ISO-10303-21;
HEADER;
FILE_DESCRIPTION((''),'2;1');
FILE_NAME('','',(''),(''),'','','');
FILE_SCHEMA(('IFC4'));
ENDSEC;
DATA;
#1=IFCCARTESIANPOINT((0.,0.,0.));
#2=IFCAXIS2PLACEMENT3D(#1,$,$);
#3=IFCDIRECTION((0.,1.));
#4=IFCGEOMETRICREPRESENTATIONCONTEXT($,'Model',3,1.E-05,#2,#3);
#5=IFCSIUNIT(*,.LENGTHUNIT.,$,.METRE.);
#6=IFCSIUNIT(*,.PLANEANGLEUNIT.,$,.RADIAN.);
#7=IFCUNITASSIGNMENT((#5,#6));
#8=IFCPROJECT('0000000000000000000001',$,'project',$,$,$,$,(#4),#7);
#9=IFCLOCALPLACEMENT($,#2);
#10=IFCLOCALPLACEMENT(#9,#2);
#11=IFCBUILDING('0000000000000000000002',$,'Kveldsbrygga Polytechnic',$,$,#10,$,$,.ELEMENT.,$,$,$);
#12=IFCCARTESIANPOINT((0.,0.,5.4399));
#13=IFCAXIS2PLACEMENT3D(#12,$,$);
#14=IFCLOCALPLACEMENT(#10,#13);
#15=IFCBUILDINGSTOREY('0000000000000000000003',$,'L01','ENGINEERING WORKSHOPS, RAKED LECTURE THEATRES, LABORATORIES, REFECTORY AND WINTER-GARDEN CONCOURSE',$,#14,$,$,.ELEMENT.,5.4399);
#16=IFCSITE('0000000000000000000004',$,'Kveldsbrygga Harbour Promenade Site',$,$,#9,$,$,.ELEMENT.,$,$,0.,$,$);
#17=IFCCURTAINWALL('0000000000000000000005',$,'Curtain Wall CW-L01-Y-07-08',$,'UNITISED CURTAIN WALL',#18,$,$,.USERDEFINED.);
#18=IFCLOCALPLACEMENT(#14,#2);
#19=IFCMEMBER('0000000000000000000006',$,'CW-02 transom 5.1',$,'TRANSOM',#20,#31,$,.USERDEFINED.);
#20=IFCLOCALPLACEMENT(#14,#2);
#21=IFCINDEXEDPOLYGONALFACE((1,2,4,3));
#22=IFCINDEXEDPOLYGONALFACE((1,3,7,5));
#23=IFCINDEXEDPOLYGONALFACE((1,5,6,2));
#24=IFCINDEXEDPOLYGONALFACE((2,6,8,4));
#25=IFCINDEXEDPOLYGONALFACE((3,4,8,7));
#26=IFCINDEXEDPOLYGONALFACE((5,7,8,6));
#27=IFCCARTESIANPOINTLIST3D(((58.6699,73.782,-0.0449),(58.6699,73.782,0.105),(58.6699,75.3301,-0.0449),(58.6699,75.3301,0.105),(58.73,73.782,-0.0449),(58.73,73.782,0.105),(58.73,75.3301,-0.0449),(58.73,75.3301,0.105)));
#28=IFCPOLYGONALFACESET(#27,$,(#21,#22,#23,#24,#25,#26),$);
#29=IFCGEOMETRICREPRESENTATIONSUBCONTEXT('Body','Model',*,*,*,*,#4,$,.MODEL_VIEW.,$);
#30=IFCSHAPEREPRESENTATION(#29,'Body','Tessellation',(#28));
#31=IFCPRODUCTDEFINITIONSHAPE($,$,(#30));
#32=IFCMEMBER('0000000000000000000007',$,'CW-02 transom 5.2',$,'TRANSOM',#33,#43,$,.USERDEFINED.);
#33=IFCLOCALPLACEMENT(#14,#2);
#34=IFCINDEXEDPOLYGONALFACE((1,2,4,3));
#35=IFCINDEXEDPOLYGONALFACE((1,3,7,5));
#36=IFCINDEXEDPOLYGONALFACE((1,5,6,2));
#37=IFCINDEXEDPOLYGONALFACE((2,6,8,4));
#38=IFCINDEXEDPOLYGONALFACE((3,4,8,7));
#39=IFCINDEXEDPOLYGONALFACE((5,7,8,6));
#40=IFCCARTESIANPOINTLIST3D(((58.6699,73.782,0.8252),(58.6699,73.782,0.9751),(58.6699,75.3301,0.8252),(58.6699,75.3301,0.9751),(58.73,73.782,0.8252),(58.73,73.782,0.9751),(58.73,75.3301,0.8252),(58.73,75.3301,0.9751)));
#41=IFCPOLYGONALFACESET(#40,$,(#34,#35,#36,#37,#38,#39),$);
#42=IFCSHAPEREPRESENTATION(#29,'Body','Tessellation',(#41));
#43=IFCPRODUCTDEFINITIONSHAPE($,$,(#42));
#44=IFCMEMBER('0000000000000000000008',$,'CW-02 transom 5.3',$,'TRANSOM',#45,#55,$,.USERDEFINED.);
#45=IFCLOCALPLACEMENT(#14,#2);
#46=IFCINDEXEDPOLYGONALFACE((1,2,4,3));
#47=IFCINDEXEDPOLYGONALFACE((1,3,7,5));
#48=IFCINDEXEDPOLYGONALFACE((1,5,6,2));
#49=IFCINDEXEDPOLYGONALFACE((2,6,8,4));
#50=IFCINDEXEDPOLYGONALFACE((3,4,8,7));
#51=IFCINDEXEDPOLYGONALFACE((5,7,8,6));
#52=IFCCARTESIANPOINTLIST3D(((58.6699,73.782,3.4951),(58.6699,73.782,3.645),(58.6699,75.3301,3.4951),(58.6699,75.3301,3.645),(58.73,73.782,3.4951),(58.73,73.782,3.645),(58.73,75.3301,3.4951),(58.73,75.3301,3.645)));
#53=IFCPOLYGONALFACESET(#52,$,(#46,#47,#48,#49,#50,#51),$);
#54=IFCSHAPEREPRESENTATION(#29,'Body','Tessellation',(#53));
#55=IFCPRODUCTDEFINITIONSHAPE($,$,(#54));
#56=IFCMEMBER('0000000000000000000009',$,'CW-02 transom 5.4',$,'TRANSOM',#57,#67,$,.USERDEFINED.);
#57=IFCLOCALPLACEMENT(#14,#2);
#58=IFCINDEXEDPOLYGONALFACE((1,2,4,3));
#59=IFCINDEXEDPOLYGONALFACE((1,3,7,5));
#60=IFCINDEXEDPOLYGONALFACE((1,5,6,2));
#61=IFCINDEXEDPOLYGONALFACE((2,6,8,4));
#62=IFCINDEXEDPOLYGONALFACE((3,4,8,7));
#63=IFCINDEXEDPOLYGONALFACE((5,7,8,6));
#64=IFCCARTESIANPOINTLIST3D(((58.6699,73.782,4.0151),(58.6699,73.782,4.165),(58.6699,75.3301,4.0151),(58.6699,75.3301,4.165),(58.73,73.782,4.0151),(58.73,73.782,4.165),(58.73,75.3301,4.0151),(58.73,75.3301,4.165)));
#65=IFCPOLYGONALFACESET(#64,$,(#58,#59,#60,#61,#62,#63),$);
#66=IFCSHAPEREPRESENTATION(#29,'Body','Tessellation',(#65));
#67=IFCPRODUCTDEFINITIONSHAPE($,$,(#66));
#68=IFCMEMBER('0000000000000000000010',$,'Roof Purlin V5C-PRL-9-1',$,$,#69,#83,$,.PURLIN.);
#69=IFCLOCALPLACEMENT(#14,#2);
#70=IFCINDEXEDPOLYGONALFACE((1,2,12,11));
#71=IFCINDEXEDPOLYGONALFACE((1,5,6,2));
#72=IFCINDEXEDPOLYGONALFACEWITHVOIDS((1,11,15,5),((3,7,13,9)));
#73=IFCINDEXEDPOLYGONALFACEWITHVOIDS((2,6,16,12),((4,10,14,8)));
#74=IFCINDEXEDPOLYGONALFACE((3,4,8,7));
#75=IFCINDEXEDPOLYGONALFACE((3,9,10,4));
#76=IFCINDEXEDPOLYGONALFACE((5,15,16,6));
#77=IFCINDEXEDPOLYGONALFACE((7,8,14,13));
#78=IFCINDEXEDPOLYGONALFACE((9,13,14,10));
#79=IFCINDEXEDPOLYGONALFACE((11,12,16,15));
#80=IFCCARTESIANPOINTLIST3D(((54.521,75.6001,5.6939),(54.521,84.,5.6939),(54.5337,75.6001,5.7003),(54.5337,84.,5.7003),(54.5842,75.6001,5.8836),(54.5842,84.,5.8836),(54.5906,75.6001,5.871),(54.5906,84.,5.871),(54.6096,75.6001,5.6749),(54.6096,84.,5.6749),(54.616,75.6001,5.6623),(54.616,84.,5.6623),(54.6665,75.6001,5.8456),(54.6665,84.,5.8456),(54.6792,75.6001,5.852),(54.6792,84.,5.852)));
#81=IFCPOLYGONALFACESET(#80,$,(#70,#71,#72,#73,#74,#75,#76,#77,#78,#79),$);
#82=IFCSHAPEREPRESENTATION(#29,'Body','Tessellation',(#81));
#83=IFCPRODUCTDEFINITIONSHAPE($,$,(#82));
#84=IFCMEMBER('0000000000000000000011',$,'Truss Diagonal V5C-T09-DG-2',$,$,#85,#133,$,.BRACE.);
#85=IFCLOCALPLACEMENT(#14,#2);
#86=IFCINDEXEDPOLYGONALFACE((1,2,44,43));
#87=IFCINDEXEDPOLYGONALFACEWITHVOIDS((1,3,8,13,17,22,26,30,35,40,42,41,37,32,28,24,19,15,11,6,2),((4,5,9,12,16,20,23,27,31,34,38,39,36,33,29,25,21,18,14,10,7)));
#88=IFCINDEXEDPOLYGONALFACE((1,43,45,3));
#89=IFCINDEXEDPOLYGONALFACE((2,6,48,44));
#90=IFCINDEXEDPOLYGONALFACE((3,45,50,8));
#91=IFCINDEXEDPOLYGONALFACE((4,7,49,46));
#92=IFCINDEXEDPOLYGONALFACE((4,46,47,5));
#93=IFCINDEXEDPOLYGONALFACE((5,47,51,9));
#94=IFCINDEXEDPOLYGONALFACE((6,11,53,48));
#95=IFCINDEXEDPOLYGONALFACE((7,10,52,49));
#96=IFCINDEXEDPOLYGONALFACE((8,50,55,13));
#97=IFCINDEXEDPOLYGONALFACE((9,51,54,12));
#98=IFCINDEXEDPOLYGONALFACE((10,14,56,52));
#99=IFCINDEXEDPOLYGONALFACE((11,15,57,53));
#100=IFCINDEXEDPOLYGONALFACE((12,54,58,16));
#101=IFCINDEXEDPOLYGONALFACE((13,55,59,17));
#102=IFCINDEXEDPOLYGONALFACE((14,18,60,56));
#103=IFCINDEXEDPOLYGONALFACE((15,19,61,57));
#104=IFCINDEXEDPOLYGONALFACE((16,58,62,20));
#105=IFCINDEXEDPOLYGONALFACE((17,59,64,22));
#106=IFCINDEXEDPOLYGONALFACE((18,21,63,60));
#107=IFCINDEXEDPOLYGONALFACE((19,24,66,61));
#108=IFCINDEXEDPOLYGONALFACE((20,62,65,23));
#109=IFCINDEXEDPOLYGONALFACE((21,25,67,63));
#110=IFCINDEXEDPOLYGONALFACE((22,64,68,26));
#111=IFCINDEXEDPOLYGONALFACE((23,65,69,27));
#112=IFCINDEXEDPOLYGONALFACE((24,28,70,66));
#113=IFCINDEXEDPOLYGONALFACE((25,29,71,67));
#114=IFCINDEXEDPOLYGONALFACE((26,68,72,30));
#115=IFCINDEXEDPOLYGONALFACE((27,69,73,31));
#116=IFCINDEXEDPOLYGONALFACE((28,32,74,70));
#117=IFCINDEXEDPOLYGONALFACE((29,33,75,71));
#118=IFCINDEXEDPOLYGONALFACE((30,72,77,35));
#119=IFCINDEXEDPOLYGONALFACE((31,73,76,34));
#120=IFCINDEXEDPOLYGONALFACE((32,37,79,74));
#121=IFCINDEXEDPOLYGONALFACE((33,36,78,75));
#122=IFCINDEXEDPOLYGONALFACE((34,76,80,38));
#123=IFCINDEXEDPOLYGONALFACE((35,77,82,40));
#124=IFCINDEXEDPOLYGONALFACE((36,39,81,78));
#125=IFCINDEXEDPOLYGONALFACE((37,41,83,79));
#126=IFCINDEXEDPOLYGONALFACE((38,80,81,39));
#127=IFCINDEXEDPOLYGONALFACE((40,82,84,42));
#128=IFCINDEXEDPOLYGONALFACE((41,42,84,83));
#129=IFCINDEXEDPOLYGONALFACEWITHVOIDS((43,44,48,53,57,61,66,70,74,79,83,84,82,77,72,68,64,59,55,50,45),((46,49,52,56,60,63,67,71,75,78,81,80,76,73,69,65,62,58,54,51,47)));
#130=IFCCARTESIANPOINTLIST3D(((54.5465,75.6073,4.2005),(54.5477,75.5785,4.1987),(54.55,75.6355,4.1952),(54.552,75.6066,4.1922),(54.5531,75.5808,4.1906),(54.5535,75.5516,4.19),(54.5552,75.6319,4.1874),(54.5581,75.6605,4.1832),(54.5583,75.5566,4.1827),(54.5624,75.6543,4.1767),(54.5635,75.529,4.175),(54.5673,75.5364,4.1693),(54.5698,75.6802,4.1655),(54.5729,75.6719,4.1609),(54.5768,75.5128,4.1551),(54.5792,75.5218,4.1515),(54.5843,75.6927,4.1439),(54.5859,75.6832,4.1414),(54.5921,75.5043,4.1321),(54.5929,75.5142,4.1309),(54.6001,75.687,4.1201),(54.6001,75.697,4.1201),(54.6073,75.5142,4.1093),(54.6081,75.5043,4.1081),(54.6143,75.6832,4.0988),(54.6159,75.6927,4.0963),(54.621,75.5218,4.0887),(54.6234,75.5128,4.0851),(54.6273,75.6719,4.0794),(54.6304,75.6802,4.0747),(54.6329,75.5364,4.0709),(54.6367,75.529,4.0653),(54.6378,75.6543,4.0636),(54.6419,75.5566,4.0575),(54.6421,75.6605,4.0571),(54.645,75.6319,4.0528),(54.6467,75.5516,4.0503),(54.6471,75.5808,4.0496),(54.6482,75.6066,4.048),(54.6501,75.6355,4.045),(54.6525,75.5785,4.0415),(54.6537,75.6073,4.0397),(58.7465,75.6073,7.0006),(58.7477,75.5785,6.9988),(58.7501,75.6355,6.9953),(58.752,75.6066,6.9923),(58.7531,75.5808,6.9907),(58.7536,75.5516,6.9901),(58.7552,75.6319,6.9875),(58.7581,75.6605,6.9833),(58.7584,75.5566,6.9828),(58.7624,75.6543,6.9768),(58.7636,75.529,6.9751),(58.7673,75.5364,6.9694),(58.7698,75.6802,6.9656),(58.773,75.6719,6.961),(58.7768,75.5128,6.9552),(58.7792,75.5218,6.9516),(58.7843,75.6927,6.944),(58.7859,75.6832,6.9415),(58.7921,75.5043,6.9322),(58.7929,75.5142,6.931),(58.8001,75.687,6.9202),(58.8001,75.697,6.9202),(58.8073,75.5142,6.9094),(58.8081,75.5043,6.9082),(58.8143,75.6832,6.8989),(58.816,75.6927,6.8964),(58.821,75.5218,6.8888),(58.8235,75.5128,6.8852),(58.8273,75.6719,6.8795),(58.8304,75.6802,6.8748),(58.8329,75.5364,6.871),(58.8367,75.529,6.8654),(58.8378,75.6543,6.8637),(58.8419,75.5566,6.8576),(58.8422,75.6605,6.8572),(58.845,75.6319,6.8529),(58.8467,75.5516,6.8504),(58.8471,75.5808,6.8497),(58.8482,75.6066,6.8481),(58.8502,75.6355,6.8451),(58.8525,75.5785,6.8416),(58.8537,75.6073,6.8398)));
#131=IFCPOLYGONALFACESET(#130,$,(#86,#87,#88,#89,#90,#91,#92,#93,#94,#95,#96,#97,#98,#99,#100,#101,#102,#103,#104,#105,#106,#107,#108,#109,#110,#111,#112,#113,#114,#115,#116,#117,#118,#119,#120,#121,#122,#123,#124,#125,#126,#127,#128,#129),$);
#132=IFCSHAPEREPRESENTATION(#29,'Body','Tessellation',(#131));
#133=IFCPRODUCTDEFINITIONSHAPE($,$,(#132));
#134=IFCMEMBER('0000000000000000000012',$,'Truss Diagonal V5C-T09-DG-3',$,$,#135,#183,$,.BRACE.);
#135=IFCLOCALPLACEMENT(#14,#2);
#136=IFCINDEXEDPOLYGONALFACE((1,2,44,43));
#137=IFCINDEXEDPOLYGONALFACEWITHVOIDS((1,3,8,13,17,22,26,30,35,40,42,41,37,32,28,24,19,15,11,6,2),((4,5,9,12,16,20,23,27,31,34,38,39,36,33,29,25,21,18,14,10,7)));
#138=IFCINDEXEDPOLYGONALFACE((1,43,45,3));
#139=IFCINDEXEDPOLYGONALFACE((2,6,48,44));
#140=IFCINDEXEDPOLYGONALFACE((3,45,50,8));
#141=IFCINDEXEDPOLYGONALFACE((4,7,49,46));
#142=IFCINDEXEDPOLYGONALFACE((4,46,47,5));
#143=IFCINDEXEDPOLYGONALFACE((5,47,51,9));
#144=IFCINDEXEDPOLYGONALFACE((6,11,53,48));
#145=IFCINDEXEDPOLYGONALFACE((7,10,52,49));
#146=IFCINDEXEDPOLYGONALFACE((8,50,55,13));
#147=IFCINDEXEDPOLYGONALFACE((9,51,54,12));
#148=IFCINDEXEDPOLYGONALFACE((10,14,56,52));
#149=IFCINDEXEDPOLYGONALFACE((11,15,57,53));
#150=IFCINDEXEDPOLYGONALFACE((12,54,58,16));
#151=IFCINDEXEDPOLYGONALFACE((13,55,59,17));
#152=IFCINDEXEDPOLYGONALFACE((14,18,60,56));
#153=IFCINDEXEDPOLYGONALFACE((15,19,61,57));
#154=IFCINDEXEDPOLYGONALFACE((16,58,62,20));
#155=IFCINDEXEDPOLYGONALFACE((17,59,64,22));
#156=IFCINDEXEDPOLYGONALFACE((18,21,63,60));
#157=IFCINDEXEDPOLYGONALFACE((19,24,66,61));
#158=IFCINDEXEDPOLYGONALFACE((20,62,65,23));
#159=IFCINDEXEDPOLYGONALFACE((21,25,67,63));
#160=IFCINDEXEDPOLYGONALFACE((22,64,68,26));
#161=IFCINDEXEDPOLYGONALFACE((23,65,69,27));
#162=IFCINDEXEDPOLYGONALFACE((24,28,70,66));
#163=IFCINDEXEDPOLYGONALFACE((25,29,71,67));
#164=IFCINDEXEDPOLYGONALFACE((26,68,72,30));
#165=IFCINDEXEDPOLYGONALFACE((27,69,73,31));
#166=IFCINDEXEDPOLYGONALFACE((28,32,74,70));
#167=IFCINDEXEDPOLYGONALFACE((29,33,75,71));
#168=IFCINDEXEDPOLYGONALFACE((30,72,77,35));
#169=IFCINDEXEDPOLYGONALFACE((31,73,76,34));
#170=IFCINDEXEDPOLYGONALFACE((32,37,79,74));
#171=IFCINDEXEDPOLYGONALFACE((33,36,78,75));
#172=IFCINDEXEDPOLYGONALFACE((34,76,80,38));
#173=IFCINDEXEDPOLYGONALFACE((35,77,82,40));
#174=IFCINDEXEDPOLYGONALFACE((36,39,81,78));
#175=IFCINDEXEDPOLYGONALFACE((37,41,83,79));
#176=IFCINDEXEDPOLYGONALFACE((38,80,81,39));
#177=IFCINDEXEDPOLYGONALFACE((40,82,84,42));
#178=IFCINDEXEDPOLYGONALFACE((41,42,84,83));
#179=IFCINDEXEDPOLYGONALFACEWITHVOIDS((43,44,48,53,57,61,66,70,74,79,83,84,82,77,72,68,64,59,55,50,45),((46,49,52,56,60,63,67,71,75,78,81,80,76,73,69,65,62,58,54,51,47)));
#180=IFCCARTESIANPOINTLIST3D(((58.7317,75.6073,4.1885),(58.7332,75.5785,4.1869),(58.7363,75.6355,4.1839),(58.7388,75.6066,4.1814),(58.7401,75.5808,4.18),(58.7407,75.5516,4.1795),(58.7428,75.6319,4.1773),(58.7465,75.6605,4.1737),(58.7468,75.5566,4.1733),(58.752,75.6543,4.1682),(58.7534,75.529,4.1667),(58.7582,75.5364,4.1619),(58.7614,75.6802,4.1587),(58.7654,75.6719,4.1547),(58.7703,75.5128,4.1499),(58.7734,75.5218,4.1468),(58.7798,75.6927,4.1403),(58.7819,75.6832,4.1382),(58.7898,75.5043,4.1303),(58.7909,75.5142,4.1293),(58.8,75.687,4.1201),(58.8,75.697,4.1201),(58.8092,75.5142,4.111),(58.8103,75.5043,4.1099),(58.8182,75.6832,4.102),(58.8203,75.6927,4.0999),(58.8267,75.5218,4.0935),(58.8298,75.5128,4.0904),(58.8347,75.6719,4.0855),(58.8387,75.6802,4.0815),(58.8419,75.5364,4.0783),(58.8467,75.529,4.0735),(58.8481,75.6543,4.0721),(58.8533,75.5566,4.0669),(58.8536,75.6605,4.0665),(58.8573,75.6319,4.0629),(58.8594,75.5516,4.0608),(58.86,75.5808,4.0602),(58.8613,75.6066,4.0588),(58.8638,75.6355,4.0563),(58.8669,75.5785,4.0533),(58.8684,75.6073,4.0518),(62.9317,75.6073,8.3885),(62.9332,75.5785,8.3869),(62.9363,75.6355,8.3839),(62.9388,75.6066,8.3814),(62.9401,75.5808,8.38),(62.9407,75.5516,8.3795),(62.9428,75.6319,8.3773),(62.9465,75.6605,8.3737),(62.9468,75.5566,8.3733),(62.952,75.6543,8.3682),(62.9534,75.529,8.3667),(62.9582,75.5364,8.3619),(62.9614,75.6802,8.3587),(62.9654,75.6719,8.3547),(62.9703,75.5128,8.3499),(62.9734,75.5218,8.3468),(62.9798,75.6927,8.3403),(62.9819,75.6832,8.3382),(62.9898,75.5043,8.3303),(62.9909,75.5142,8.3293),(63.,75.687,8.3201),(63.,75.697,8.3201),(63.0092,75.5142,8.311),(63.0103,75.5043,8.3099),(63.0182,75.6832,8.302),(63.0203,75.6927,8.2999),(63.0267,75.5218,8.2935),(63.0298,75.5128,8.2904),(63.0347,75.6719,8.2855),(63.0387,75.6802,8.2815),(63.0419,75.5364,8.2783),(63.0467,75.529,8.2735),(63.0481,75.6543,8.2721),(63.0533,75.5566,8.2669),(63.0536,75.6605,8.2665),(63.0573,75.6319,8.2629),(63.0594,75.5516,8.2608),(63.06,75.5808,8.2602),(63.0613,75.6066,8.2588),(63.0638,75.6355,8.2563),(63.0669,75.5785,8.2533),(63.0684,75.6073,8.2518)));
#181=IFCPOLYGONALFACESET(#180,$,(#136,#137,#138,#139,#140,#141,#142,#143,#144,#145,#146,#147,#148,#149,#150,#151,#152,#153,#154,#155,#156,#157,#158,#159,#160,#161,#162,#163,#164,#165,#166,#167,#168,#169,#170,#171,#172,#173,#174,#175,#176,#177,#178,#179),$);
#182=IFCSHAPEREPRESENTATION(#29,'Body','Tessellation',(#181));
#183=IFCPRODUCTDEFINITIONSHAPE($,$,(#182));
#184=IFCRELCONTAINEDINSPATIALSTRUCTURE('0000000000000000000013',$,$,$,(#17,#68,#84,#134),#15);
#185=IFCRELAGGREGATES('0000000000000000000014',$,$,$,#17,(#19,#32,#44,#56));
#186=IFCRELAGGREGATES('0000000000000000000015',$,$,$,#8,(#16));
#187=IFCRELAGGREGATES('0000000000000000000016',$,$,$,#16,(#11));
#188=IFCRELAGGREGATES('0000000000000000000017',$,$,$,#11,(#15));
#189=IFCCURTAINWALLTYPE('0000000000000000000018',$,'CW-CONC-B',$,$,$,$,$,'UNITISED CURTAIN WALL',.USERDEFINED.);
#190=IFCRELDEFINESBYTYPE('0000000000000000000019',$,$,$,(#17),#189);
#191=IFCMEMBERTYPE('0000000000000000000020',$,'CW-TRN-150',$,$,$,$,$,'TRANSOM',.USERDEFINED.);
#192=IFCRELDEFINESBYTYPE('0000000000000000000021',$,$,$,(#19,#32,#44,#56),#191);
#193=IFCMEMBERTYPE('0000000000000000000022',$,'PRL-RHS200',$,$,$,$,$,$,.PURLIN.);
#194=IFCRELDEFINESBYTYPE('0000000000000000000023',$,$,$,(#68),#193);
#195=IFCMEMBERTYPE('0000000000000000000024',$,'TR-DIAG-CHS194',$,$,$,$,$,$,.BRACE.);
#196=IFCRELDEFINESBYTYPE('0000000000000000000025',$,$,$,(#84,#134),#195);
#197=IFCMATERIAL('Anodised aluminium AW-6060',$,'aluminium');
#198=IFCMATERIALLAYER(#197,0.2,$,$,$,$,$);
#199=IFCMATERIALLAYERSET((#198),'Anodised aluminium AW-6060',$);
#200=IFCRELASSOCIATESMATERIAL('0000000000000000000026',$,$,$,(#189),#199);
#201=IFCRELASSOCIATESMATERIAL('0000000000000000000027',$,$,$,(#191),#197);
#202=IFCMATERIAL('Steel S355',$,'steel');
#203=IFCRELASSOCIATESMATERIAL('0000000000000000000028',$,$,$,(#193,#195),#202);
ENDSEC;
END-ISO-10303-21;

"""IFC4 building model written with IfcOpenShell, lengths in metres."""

from ifc_helpers import new_model, si_unit, direction, frame, origin, origin_2d, place, context, subcontext, project, spatial, rectangle, hollow_rectangle, hollow_circle, extrude, material, layer, layer_set, material_profile, profile_set, type_object, element, aggregate, save


model = new_model("IFC4")

# Units and contexts
model_context = context("Model", 3, precision=1e-05, world=origin(), true_north=direction((0.0, 1.0)))
body_context = subcontext(model_context, "Body", "Model", "MODEL_VIEW")
ifc_project = project(units=[si_unit("LENGTHUNIT", "METRE"), si_unit("PLANEANGLEUNIT", "RADIAN")], contexts=[model_context])

# Site, building, storey
site_placement = place(None, origin())
site = spatial("IfcSite", under=ifc_project, at=site_placement, Name="Kveldsbrygga Harbour Promenade Site", CompositionType="ELEMENT", RefElevation=0.0)
building_placement = place(site_placement, origin())
building = spatial("IfcBuilding", under=site, at=building_placement, Name="Kveldsbrygga Polytechnic", CompositionType="ELEMENT")
storey_placement = place(building_placement, frame((0.0, 0.0, 5.4399)))
storey = spatial("IfcBuildingStorey", under=building, at=storey_placement, Name="L01", Description="ENGINEERING WORKSHOPS, RAKED LECTURE THEATRES, LABORATORIES, REFECTORY AND WINTER-GARDEN CONCOURSE", CompositionType="ELEMENT", Elevation=5.4399)

# Curtain wall, members
ifc_material_1 = material(Name="Anodised aluminium AW-6060", Category="aluminium")
ifc_layer_1 = layer(ifc_material_1, 0.2)
ifc_layer_set_1 = layer_set([ifc_layer_1], Name="Anodised aluminium AW-6060")
curtain_wall_type = type_object("IfcCurtainWallType", Name="CW-CONC-B", ElementType="UNITISED CURTAIN WALL", PredefinedType="USERDEFINED", material=ifc_layer_set_1)
curtain_wall_placement = place(storey_placement, origin())
curtain_wall = element("IfcCurtainWall", 1, at=curtain_wall_placement, inside=storey, type_object=curtain_wall_type, Name="Curtain Wall CW-L01-Y-07-08", ObjectType="UNITISED CURTAIN WALL", PredefinedType="USERDEFINED")
ifc_material_profile_1 = material_profile(ifc_material_1, rectangle(XDim=0.0601, YDim=0.1499, at=origin_2d()), Name="ALU 60x150")
ifc_profile_set_1 = profile_set([ifc_material_profile_1], Name="Anodised aluminium AW-6060")
member_type_1 = type_object("IfcMemberType", Name="CW-TRN-150", ElementType="TRANSOM", PredefinedType="USERDEFINED", material=ifc_profile_set_1)
member_1_placement = place(storey_placement, frame((58.7, 73.782, 0.03), z_axis=(0.0, 1.0, 0.0), x_axis=(-1.0, 0.0, 0.0)))
member_1 = element("IfcMember", 2, at=member_1_placement, type_object=member_type_1, Name="CW-02 transom 5.1", ObjectType="TRANSOM", PredefinedType="USERDEFINED", context=body_context, shape_type="SweptSolid", body=[
    extrude(rectangle(XDim=0.0601, YDim=0.1499, at=origin_2d()), origin(), (0.0, 0.0, 1.0), 1.5481),
])
member_2_placement = place(storey_placement, frame((58.7, 73.782, 0.9001), z_axis=(0.0, 1.0, 0.0), x_axis=(-1.0, 0.0, 0.0)))
member_2 = element("IfcMember", 3, at=member_2_placement, type_object=member_type_1, Name="CW-02 transom 5.2", ObjectType="TRANSOM", PredefinedType="USERDEFINED", context=body_context, shape_type="SweptSolid", body=[
    extrude(rectangle(XDim=0.0601, YDim=0.1499, at=origin_2d()), origin(), (0.0, 0.0, 1.0), 1.5481),
])
member_3_placement = place(storey_placement, frame((58.7, 73.782, 3.5701), z_axis=(0.0, 1.0, 0.0), x_axis=(-1.0, 0.0, 0.0)))
member_3 = element("IfcMember", 4, at=member_3_placement, type_object=member_type_1, Name="CW-02 transom 5.3", ObjectType="TRANSOM", PredefinedType="USERDEFINED", context=body_context, shape_type="SweptSolid", body=[
    extrude(rectangle(XDim=0.0601, YDim=0.1499, at=origin_2d()), origin(), (0.0, 0.0, 1.0), 1.5481),
])
member_4_placement = place(storey_placement, frame((58.7, 73.782, 4.0901), z_axis=(0.0, 1.0, 0.0), x_axis=(-1.0, 0.0, 0.0)))
member_4 = element("IfcMember", 5, at=member_4_placement, type_object=member_type_1, Name="CW-02 transom 5.4", ObjectType="TRANSOM", PredefinedType="USERDEFINED", context=body_context, shape_type="SweptSolid", body=[
    extrude(rectangle(XDim=0.0601, YDim=0.1499, at=origin_2d()), origin(), (0.0, 0.0, 1.0), 1.5481),
])

# Members
ifc_material_2 = material(Name="Steel S355", Category="steel")
ifc_material_profile_2 = material_profile(ifc_material_2, hollow_rectangle(XDim=0.1001, YDim=0.2, WallThickness=0.01, at=origin_2d()), Name="RHS 200x100x10.0")
ifc_profile_set_2 = profile_set([ifc_material_profile_2], Name="Steel S355")
member_type_2 = type_object("IfcMemberType", Name="PRL-RHS200", PredefinedType="PURLIN", material=ifc_profile_set_2)
member_5_placement = place(storey_placement, frame((54.6001, 75.6001, 5.7729), z_axis=(0.0, 1.0, 0.0), x_axis=(-0.948684, 0.0, 0.316227)))
element("IfcMember", 6, at=member_5_placement, inside=storey, type_object=member_type_2, Name="Roof Purlin V5C-PRL-9-1", PredefinedType="PURLIN", context=body_context, shape_type="SweptSolid", body=[
    extrude(hollow_rectangle(XDim=0.1001, YDim=0.2, WallThickness=0.01, at=origin_2d()), origin(), (0.0, 0.0, 1.0), 8.3999),
])
ifc_material_profile_3 = material_profile(ifc_material_2, hollow_circle(Radius=0.0969, WallThickness=0.01, at=origin_2d()), Name="CHS 193.7x10.0")
ifc_profile_set_3 = profile_set([ifc_material_profile_3], Name="Steel S355")
member_type_3 = type_object("IfcMemberType", Name="TR-DIAG-CHS194", PredefinedType="BRACE", material=ifc_profile_set_3)
member_6_placement = place(storey_placement, frame((54.6001, 75.6001, 4.1201), z_axis=(0.832043, 0.0, 0.554711), x_axis=(0.0, 1.0, 0.0)))
element("IfcMember", 7, at=member_6_placement, inside=storey, type_object=member_type_3, Name="Truss Diagonal V5C-T09-DG-2", PredefinedType="BRACE", context=body_context, shape_type="SweptSolid", body=[
    extrude(hollow_circle(Radius=0.0969, WallThickness=0.01, at=origin_2d()), origin(), (0.0, 0.0, 1.0), 5.0479),
])
member_7_placement = place(storey_placement, frame((58.8, 75.6001, 4.1201), z_axis=(0.707107, 0.0, 0.707107), x_axis=(0.0, 1.0, 0.0)))
element("IfcMember", 8, at=member_7_placement, inside=storey, type_object=member_type_3, Name="Truss Diagonal V5C-T09-DG-3", PredefinedType="BRACE", context=body_context, shape_type="SweptSolid", body=[
    extrude(hollow_circle(Radius=0.0969, WallThickness=0.01, at=origin_2d()), origin(), (0.0, 0.0, 1.0), 5.9397),
])

aggregate(curtain_wall, [member_1, member_2, member_3, member_4])

save(model, "model.ifc")
